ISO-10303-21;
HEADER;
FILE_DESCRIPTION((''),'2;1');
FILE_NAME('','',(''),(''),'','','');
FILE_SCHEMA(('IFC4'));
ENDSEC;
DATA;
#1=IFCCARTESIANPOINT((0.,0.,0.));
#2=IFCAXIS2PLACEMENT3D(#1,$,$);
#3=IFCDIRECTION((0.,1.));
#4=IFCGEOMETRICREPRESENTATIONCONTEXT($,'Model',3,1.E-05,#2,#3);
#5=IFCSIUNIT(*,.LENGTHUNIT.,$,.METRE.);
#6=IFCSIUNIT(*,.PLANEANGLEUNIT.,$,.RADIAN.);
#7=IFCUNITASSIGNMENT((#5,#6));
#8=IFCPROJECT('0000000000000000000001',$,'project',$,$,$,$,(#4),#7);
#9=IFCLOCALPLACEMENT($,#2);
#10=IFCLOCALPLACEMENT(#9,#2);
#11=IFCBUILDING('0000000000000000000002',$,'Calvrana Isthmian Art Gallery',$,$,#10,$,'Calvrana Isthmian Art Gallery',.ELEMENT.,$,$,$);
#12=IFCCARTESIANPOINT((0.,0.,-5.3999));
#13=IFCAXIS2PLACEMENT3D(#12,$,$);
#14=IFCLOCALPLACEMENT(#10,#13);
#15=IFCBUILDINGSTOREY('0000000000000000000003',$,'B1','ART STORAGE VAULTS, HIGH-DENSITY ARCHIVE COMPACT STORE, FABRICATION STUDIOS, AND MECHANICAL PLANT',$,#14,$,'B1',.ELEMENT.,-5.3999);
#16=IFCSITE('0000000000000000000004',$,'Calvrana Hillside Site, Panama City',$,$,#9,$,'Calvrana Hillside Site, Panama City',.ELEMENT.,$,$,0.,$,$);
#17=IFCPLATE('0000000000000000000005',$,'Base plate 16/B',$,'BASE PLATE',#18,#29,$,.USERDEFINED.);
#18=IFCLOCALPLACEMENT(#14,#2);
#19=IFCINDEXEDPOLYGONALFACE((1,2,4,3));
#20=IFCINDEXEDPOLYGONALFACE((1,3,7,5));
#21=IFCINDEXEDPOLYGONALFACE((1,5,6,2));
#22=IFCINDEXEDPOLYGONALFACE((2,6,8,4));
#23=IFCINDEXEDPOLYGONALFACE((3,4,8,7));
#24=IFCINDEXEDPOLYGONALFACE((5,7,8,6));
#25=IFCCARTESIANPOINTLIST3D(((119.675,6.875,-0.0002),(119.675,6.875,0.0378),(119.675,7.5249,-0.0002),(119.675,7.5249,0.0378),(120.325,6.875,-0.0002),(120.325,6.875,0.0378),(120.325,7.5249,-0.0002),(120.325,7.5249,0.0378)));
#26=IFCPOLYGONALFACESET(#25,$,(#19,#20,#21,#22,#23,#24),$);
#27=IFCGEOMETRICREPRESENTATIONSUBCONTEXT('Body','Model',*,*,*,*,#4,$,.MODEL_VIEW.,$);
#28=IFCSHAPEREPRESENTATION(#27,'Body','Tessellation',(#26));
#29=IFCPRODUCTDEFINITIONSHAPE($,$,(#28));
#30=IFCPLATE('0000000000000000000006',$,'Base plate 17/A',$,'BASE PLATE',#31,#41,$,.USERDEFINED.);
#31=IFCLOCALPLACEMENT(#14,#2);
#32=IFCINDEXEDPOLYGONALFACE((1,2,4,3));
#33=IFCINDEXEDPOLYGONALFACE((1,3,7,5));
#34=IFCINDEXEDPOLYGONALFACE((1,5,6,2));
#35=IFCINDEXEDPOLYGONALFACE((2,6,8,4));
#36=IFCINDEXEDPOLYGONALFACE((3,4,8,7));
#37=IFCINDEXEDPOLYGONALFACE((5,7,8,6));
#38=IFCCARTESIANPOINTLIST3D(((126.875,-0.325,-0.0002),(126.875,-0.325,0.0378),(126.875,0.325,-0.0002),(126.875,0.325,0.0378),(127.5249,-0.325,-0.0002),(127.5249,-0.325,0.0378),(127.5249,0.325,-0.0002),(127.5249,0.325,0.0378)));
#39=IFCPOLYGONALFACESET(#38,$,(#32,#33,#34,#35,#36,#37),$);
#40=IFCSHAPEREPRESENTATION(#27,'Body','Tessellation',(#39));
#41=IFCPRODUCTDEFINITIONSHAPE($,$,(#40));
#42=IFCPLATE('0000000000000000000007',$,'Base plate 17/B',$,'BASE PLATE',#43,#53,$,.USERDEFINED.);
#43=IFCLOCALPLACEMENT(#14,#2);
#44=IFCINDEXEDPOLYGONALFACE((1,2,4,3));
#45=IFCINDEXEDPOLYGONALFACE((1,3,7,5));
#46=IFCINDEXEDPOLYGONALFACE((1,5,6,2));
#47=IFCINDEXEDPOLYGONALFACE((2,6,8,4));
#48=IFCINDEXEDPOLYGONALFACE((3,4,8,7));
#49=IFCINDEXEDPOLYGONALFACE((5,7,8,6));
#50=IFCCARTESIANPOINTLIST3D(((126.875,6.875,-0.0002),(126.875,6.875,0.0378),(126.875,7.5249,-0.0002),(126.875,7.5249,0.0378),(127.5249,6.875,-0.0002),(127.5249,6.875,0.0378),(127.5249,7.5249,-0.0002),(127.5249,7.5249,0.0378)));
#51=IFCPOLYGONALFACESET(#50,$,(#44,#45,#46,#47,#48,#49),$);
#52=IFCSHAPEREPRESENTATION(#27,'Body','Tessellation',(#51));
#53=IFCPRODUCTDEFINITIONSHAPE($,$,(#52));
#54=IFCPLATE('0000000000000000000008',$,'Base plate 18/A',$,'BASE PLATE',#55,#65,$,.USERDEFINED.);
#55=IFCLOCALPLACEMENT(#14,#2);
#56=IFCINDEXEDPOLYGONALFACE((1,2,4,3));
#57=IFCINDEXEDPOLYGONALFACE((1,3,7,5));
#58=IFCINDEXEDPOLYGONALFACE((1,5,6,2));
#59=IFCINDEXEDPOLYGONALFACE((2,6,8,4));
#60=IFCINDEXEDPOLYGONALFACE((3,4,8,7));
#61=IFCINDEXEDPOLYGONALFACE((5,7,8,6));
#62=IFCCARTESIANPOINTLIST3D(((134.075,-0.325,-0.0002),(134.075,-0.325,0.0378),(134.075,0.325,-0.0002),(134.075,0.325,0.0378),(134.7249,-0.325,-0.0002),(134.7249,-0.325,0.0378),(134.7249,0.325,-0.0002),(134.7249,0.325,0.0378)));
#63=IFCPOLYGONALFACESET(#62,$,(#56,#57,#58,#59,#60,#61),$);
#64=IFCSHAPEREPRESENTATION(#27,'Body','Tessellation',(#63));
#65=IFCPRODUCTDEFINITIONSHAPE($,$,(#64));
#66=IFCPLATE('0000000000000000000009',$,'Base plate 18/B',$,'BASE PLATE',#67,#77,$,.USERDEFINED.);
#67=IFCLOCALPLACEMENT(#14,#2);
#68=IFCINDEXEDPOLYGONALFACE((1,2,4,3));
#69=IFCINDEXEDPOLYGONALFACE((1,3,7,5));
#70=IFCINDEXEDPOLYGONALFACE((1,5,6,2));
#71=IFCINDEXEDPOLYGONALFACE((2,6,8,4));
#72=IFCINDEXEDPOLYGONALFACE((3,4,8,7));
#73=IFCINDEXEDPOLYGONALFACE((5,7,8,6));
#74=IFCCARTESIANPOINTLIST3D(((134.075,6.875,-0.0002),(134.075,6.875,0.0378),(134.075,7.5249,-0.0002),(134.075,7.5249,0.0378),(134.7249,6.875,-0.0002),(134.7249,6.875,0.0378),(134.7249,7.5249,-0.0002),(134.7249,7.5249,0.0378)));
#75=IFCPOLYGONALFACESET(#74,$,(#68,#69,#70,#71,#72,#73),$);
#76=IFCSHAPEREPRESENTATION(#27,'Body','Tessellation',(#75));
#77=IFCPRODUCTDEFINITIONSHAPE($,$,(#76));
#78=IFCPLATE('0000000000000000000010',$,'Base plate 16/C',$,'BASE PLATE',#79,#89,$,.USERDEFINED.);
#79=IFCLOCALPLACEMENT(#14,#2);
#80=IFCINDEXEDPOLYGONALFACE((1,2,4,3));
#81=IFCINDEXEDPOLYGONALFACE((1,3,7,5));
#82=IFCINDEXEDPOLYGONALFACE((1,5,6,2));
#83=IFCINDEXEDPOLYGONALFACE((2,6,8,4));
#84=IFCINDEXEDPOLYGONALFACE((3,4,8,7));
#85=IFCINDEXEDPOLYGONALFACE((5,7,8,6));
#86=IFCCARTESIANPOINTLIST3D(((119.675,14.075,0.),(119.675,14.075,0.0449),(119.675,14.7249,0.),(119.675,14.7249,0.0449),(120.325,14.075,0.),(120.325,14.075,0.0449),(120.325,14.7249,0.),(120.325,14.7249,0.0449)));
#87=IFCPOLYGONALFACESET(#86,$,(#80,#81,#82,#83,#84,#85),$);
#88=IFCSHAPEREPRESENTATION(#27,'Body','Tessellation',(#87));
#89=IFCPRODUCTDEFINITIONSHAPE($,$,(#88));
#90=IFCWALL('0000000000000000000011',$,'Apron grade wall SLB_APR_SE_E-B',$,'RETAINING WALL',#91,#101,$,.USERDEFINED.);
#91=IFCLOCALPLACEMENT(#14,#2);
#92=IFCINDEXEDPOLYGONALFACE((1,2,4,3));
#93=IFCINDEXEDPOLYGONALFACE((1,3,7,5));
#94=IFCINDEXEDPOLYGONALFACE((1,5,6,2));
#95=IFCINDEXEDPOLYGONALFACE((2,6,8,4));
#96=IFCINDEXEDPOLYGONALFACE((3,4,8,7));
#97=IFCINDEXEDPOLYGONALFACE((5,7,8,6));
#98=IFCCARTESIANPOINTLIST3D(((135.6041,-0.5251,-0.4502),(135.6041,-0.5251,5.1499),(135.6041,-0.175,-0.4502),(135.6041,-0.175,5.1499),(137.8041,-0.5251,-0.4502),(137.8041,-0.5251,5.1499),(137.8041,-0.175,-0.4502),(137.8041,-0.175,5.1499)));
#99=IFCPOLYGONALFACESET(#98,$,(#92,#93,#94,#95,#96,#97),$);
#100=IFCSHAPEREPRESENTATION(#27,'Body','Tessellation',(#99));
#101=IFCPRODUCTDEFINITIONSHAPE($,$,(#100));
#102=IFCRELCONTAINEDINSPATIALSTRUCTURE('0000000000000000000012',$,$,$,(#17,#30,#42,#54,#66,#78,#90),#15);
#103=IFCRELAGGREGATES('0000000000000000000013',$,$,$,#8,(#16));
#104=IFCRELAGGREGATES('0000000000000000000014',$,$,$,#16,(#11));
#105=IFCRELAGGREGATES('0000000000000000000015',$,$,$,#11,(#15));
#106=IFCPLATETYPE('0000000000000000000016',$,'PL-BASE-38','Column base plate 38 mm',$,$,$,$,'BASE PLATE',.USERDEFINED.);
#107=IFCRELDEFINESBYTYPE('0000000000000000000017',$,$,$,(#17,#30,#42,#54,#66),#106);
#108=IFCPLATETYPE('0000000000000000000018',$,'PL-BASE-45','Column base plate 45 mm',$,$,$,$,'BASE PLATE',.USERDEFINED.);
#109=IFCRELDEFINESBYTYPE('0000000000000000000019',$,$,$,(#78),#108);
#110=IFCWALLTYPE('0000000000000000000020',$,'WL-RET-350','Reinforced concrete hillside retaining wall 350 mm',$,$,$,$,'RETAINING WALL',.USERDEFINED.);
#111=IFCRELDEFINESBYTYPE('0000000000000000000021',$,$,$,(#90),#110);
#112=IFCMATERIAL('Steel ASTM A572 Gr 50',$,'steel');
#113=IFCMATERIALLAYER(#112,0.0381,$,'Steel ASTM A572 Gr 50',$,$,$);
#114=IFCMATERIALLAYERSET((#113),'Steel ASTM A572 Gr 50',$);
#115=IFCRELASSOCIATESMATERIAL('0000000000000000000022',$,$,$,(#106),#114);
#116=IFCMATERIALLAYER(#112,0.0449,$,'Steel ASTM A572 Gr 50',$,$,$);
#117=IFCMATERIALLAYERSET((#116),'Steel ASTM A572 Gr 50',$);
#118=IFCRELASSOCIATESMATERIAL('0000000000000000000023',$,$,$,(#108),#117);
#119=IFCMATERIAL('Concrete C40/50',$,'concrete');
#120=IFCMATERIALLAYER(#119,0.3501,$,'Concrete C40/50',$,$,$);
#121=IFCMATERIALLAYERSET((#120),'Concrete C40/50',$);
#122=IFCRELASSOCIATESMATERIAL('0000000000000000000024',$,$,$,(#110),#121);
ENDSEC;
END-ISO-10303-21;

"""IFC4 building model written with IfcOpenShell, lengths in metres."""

from ifc_helpers import new_model, si_unit, direction, frame, frame_2d, origin, origin_2d, place, context, subcontext, project, spatial, rectangle, extrude, material, layer, layer_set, type_object, element, save


model = new_model("IFC4")

# Units and contexts
model_context = context("Model", 3, precision=1e-05, world=origin(), true_north=direction((0.0, 1.0)))
body_context = subcontext(model_context, "Body", "Model", "MODEL_VIEW")
ifc_project = project(units=[si_unit("LENGTHUNIT", "METRE"), si_unit("PLANEANGLEUNIT", "RADIAN")], contexts=[model_context])

# Site, building, storey
site_placement = place(None, origin())
site = spatial("IfcSite", under=ifc_project, at=site_placement, Name="Calvrana Hillside Site, Panama City", LongName="Calvrana Hillside Site, Panama City", CompositionType="ELEMENT", RefElevation=0.0)
building_placement = place(site_placement, origin())
building = spatial("IfcBuilding", under=site, at=building_placement, Name="Calvrana Isthmian Art Gallery", LongName="Calvrana Isthmian Art Gallery", CompositionType="ELEMENT")
storey_placement = place(building_placement, frame((0.0, 0.0, -5.3999)))
storey = spatial("IfcBuildingStorey", under=building, at=storey_placement, Name="B1", Description="ART STORAGE VAULTS, HIGH-DENSITY ARCHIVE COMPACT STORE, FABRICATION STUDIOS, AND MECHANICAL PLANT", LongName="B1", CompositionType="ELEMENT", Elevation=-5.3999)

# Plates
ifc_material_1 = material(Name="Steel ASTM A572 Gr 50", Category="steel")
ifc_layer_1 = layer(ifc_material_1, 0.0381, Name="Steel ASTM A572 Gr 50")
ifc_layer_set_1 = layer_set([ifc_layer_1], Name="Steel ASTM A572 Gr 50")
plate_type_1 = type_object("IfcPlateType", Name="PL-BASE-38", Description="Column base plate 38 mm", ElementType="BASE PLATE", PredefinedType="USERDEFINED", material=ifc_layer_set_1)
for number, where, z_axis, x_axis, name in (
    (1, (120.0, 7.2, -0.0002), (0.0, 0.0, 1.0), (1.0, 0.0, 0.0), "Base plate 16/B"),
    (2, (127.2, 0.0, -0.0002), (0.0, 0.0, 1.0), (1.0, 0.0, 0.0), "Base plate 17/A"),
    (3, (127.2, 7.2, -0.0002), (0.0, 0.0, 1.0), (1.0, 0.0, 0.0), "Base plate 17/B"),
    (4, (134.3999, 0.0, -0.0002), (0.0, 0.0, 1.0), (1.0, 0.0, 0.0), "Base plate 18/A"),
    (5, (134.3999, 7.2, -0.0002), (0.0, 0.0, 1.0), (1.0, 0.0, 0.0), "Base plate 18/B"),
):
    element("IfcPlate", number, at=place(storey_placement, frame(where, z_axis=z_axis, x_axis=x_axis)), inside=storey, type_object=plate_type_1, Name=name, ObjectType="BASE PLATE", PredefinedType="USERDEFINED", context=body_context, shape_type="SweptSolid", body=[
        extrude(rectangle(XDim=0.6499, YDim=0.6499, at=origin_2d()), origin(), (0.0, 0.0, 1.0), 0.0381),
    ])
ifc_layer_2 = layer(ifc_material_1, 0.0449, Name="Steel ASTM A572 Gr 50")
ifc_layer_set_2 = layer_set([ifc_layer_2], Name="Steel ASTM A572 Gr 50")
plate_type_2 = type_object("IfcPlateType", Name="PL-BASE-45", Description="Column base plate 45 mm", ElementType="BASE PLATE", PredefinedType="USERDEFINED", material=ifc_layer_set_2)
plate_placement = place(storey_placement, frame((120.0, 14.3999, 0.0), z_axis=(0.0, 0.0, 1.0), x_axis=(1.0, 0.0, 0.0)))
element("IfcPlate", 6, at=plate_placement, inside=storey, type_object=plate_type_2, Name="Base plate 16/C", ObjectType="BASE PLATE", PredefinedType="USERDEFINED", context=body_context, shape_type="SweptSolid", body=[
    extrude(rectangle(XDim=0.6499, YDim=0.6499, at=origin_2d()), origin(), (0.0, 0.0, 1.0), 0.0449),
])

# Wall
ifc_material_2 = material(Name="Concrete C40/50", Category="concrete")
ifc_layer_3 = layer(ifc_material_2, 0.3501, Name="Concrete C40/50")
ifc_layer_set_3 = layer_set([ifc_layer_3], Name="Concrete C40/50")
wall_type = type_object("IfcWallType", Name="WL-RET-350", Description="Reinforced concrete hillside retaining wall 350 mm", ElementType="RETAINING WALL", PredefinedType="USERDEFINED", material=ifc_layer_set_3)
wall_placement = place(storey_placement, frame((135.604, -0.3501, -0.4502), z_axis=(0.0, 0.0, 1.0), x_axis=(1.0, 0.0, 0.0)))
element("IfcWall", 7, at=wall_placement, inside=storey, type_object=wall_type, Name="Apron grade wall SLB_APR_SE_E-B", ObjectType="RETAINING WALL", PredefinedType="USERDEFINED", context=body_context, shape_type="SweptSolid", body=[
    extrude(rectangle(XDim=2.2, YDim=0.3501, at=frame_2d((1.1001, 0.0))), origin(), (0.0, 0.0, 1.0), 5.6001),
])

save(model, "model.ifc")
